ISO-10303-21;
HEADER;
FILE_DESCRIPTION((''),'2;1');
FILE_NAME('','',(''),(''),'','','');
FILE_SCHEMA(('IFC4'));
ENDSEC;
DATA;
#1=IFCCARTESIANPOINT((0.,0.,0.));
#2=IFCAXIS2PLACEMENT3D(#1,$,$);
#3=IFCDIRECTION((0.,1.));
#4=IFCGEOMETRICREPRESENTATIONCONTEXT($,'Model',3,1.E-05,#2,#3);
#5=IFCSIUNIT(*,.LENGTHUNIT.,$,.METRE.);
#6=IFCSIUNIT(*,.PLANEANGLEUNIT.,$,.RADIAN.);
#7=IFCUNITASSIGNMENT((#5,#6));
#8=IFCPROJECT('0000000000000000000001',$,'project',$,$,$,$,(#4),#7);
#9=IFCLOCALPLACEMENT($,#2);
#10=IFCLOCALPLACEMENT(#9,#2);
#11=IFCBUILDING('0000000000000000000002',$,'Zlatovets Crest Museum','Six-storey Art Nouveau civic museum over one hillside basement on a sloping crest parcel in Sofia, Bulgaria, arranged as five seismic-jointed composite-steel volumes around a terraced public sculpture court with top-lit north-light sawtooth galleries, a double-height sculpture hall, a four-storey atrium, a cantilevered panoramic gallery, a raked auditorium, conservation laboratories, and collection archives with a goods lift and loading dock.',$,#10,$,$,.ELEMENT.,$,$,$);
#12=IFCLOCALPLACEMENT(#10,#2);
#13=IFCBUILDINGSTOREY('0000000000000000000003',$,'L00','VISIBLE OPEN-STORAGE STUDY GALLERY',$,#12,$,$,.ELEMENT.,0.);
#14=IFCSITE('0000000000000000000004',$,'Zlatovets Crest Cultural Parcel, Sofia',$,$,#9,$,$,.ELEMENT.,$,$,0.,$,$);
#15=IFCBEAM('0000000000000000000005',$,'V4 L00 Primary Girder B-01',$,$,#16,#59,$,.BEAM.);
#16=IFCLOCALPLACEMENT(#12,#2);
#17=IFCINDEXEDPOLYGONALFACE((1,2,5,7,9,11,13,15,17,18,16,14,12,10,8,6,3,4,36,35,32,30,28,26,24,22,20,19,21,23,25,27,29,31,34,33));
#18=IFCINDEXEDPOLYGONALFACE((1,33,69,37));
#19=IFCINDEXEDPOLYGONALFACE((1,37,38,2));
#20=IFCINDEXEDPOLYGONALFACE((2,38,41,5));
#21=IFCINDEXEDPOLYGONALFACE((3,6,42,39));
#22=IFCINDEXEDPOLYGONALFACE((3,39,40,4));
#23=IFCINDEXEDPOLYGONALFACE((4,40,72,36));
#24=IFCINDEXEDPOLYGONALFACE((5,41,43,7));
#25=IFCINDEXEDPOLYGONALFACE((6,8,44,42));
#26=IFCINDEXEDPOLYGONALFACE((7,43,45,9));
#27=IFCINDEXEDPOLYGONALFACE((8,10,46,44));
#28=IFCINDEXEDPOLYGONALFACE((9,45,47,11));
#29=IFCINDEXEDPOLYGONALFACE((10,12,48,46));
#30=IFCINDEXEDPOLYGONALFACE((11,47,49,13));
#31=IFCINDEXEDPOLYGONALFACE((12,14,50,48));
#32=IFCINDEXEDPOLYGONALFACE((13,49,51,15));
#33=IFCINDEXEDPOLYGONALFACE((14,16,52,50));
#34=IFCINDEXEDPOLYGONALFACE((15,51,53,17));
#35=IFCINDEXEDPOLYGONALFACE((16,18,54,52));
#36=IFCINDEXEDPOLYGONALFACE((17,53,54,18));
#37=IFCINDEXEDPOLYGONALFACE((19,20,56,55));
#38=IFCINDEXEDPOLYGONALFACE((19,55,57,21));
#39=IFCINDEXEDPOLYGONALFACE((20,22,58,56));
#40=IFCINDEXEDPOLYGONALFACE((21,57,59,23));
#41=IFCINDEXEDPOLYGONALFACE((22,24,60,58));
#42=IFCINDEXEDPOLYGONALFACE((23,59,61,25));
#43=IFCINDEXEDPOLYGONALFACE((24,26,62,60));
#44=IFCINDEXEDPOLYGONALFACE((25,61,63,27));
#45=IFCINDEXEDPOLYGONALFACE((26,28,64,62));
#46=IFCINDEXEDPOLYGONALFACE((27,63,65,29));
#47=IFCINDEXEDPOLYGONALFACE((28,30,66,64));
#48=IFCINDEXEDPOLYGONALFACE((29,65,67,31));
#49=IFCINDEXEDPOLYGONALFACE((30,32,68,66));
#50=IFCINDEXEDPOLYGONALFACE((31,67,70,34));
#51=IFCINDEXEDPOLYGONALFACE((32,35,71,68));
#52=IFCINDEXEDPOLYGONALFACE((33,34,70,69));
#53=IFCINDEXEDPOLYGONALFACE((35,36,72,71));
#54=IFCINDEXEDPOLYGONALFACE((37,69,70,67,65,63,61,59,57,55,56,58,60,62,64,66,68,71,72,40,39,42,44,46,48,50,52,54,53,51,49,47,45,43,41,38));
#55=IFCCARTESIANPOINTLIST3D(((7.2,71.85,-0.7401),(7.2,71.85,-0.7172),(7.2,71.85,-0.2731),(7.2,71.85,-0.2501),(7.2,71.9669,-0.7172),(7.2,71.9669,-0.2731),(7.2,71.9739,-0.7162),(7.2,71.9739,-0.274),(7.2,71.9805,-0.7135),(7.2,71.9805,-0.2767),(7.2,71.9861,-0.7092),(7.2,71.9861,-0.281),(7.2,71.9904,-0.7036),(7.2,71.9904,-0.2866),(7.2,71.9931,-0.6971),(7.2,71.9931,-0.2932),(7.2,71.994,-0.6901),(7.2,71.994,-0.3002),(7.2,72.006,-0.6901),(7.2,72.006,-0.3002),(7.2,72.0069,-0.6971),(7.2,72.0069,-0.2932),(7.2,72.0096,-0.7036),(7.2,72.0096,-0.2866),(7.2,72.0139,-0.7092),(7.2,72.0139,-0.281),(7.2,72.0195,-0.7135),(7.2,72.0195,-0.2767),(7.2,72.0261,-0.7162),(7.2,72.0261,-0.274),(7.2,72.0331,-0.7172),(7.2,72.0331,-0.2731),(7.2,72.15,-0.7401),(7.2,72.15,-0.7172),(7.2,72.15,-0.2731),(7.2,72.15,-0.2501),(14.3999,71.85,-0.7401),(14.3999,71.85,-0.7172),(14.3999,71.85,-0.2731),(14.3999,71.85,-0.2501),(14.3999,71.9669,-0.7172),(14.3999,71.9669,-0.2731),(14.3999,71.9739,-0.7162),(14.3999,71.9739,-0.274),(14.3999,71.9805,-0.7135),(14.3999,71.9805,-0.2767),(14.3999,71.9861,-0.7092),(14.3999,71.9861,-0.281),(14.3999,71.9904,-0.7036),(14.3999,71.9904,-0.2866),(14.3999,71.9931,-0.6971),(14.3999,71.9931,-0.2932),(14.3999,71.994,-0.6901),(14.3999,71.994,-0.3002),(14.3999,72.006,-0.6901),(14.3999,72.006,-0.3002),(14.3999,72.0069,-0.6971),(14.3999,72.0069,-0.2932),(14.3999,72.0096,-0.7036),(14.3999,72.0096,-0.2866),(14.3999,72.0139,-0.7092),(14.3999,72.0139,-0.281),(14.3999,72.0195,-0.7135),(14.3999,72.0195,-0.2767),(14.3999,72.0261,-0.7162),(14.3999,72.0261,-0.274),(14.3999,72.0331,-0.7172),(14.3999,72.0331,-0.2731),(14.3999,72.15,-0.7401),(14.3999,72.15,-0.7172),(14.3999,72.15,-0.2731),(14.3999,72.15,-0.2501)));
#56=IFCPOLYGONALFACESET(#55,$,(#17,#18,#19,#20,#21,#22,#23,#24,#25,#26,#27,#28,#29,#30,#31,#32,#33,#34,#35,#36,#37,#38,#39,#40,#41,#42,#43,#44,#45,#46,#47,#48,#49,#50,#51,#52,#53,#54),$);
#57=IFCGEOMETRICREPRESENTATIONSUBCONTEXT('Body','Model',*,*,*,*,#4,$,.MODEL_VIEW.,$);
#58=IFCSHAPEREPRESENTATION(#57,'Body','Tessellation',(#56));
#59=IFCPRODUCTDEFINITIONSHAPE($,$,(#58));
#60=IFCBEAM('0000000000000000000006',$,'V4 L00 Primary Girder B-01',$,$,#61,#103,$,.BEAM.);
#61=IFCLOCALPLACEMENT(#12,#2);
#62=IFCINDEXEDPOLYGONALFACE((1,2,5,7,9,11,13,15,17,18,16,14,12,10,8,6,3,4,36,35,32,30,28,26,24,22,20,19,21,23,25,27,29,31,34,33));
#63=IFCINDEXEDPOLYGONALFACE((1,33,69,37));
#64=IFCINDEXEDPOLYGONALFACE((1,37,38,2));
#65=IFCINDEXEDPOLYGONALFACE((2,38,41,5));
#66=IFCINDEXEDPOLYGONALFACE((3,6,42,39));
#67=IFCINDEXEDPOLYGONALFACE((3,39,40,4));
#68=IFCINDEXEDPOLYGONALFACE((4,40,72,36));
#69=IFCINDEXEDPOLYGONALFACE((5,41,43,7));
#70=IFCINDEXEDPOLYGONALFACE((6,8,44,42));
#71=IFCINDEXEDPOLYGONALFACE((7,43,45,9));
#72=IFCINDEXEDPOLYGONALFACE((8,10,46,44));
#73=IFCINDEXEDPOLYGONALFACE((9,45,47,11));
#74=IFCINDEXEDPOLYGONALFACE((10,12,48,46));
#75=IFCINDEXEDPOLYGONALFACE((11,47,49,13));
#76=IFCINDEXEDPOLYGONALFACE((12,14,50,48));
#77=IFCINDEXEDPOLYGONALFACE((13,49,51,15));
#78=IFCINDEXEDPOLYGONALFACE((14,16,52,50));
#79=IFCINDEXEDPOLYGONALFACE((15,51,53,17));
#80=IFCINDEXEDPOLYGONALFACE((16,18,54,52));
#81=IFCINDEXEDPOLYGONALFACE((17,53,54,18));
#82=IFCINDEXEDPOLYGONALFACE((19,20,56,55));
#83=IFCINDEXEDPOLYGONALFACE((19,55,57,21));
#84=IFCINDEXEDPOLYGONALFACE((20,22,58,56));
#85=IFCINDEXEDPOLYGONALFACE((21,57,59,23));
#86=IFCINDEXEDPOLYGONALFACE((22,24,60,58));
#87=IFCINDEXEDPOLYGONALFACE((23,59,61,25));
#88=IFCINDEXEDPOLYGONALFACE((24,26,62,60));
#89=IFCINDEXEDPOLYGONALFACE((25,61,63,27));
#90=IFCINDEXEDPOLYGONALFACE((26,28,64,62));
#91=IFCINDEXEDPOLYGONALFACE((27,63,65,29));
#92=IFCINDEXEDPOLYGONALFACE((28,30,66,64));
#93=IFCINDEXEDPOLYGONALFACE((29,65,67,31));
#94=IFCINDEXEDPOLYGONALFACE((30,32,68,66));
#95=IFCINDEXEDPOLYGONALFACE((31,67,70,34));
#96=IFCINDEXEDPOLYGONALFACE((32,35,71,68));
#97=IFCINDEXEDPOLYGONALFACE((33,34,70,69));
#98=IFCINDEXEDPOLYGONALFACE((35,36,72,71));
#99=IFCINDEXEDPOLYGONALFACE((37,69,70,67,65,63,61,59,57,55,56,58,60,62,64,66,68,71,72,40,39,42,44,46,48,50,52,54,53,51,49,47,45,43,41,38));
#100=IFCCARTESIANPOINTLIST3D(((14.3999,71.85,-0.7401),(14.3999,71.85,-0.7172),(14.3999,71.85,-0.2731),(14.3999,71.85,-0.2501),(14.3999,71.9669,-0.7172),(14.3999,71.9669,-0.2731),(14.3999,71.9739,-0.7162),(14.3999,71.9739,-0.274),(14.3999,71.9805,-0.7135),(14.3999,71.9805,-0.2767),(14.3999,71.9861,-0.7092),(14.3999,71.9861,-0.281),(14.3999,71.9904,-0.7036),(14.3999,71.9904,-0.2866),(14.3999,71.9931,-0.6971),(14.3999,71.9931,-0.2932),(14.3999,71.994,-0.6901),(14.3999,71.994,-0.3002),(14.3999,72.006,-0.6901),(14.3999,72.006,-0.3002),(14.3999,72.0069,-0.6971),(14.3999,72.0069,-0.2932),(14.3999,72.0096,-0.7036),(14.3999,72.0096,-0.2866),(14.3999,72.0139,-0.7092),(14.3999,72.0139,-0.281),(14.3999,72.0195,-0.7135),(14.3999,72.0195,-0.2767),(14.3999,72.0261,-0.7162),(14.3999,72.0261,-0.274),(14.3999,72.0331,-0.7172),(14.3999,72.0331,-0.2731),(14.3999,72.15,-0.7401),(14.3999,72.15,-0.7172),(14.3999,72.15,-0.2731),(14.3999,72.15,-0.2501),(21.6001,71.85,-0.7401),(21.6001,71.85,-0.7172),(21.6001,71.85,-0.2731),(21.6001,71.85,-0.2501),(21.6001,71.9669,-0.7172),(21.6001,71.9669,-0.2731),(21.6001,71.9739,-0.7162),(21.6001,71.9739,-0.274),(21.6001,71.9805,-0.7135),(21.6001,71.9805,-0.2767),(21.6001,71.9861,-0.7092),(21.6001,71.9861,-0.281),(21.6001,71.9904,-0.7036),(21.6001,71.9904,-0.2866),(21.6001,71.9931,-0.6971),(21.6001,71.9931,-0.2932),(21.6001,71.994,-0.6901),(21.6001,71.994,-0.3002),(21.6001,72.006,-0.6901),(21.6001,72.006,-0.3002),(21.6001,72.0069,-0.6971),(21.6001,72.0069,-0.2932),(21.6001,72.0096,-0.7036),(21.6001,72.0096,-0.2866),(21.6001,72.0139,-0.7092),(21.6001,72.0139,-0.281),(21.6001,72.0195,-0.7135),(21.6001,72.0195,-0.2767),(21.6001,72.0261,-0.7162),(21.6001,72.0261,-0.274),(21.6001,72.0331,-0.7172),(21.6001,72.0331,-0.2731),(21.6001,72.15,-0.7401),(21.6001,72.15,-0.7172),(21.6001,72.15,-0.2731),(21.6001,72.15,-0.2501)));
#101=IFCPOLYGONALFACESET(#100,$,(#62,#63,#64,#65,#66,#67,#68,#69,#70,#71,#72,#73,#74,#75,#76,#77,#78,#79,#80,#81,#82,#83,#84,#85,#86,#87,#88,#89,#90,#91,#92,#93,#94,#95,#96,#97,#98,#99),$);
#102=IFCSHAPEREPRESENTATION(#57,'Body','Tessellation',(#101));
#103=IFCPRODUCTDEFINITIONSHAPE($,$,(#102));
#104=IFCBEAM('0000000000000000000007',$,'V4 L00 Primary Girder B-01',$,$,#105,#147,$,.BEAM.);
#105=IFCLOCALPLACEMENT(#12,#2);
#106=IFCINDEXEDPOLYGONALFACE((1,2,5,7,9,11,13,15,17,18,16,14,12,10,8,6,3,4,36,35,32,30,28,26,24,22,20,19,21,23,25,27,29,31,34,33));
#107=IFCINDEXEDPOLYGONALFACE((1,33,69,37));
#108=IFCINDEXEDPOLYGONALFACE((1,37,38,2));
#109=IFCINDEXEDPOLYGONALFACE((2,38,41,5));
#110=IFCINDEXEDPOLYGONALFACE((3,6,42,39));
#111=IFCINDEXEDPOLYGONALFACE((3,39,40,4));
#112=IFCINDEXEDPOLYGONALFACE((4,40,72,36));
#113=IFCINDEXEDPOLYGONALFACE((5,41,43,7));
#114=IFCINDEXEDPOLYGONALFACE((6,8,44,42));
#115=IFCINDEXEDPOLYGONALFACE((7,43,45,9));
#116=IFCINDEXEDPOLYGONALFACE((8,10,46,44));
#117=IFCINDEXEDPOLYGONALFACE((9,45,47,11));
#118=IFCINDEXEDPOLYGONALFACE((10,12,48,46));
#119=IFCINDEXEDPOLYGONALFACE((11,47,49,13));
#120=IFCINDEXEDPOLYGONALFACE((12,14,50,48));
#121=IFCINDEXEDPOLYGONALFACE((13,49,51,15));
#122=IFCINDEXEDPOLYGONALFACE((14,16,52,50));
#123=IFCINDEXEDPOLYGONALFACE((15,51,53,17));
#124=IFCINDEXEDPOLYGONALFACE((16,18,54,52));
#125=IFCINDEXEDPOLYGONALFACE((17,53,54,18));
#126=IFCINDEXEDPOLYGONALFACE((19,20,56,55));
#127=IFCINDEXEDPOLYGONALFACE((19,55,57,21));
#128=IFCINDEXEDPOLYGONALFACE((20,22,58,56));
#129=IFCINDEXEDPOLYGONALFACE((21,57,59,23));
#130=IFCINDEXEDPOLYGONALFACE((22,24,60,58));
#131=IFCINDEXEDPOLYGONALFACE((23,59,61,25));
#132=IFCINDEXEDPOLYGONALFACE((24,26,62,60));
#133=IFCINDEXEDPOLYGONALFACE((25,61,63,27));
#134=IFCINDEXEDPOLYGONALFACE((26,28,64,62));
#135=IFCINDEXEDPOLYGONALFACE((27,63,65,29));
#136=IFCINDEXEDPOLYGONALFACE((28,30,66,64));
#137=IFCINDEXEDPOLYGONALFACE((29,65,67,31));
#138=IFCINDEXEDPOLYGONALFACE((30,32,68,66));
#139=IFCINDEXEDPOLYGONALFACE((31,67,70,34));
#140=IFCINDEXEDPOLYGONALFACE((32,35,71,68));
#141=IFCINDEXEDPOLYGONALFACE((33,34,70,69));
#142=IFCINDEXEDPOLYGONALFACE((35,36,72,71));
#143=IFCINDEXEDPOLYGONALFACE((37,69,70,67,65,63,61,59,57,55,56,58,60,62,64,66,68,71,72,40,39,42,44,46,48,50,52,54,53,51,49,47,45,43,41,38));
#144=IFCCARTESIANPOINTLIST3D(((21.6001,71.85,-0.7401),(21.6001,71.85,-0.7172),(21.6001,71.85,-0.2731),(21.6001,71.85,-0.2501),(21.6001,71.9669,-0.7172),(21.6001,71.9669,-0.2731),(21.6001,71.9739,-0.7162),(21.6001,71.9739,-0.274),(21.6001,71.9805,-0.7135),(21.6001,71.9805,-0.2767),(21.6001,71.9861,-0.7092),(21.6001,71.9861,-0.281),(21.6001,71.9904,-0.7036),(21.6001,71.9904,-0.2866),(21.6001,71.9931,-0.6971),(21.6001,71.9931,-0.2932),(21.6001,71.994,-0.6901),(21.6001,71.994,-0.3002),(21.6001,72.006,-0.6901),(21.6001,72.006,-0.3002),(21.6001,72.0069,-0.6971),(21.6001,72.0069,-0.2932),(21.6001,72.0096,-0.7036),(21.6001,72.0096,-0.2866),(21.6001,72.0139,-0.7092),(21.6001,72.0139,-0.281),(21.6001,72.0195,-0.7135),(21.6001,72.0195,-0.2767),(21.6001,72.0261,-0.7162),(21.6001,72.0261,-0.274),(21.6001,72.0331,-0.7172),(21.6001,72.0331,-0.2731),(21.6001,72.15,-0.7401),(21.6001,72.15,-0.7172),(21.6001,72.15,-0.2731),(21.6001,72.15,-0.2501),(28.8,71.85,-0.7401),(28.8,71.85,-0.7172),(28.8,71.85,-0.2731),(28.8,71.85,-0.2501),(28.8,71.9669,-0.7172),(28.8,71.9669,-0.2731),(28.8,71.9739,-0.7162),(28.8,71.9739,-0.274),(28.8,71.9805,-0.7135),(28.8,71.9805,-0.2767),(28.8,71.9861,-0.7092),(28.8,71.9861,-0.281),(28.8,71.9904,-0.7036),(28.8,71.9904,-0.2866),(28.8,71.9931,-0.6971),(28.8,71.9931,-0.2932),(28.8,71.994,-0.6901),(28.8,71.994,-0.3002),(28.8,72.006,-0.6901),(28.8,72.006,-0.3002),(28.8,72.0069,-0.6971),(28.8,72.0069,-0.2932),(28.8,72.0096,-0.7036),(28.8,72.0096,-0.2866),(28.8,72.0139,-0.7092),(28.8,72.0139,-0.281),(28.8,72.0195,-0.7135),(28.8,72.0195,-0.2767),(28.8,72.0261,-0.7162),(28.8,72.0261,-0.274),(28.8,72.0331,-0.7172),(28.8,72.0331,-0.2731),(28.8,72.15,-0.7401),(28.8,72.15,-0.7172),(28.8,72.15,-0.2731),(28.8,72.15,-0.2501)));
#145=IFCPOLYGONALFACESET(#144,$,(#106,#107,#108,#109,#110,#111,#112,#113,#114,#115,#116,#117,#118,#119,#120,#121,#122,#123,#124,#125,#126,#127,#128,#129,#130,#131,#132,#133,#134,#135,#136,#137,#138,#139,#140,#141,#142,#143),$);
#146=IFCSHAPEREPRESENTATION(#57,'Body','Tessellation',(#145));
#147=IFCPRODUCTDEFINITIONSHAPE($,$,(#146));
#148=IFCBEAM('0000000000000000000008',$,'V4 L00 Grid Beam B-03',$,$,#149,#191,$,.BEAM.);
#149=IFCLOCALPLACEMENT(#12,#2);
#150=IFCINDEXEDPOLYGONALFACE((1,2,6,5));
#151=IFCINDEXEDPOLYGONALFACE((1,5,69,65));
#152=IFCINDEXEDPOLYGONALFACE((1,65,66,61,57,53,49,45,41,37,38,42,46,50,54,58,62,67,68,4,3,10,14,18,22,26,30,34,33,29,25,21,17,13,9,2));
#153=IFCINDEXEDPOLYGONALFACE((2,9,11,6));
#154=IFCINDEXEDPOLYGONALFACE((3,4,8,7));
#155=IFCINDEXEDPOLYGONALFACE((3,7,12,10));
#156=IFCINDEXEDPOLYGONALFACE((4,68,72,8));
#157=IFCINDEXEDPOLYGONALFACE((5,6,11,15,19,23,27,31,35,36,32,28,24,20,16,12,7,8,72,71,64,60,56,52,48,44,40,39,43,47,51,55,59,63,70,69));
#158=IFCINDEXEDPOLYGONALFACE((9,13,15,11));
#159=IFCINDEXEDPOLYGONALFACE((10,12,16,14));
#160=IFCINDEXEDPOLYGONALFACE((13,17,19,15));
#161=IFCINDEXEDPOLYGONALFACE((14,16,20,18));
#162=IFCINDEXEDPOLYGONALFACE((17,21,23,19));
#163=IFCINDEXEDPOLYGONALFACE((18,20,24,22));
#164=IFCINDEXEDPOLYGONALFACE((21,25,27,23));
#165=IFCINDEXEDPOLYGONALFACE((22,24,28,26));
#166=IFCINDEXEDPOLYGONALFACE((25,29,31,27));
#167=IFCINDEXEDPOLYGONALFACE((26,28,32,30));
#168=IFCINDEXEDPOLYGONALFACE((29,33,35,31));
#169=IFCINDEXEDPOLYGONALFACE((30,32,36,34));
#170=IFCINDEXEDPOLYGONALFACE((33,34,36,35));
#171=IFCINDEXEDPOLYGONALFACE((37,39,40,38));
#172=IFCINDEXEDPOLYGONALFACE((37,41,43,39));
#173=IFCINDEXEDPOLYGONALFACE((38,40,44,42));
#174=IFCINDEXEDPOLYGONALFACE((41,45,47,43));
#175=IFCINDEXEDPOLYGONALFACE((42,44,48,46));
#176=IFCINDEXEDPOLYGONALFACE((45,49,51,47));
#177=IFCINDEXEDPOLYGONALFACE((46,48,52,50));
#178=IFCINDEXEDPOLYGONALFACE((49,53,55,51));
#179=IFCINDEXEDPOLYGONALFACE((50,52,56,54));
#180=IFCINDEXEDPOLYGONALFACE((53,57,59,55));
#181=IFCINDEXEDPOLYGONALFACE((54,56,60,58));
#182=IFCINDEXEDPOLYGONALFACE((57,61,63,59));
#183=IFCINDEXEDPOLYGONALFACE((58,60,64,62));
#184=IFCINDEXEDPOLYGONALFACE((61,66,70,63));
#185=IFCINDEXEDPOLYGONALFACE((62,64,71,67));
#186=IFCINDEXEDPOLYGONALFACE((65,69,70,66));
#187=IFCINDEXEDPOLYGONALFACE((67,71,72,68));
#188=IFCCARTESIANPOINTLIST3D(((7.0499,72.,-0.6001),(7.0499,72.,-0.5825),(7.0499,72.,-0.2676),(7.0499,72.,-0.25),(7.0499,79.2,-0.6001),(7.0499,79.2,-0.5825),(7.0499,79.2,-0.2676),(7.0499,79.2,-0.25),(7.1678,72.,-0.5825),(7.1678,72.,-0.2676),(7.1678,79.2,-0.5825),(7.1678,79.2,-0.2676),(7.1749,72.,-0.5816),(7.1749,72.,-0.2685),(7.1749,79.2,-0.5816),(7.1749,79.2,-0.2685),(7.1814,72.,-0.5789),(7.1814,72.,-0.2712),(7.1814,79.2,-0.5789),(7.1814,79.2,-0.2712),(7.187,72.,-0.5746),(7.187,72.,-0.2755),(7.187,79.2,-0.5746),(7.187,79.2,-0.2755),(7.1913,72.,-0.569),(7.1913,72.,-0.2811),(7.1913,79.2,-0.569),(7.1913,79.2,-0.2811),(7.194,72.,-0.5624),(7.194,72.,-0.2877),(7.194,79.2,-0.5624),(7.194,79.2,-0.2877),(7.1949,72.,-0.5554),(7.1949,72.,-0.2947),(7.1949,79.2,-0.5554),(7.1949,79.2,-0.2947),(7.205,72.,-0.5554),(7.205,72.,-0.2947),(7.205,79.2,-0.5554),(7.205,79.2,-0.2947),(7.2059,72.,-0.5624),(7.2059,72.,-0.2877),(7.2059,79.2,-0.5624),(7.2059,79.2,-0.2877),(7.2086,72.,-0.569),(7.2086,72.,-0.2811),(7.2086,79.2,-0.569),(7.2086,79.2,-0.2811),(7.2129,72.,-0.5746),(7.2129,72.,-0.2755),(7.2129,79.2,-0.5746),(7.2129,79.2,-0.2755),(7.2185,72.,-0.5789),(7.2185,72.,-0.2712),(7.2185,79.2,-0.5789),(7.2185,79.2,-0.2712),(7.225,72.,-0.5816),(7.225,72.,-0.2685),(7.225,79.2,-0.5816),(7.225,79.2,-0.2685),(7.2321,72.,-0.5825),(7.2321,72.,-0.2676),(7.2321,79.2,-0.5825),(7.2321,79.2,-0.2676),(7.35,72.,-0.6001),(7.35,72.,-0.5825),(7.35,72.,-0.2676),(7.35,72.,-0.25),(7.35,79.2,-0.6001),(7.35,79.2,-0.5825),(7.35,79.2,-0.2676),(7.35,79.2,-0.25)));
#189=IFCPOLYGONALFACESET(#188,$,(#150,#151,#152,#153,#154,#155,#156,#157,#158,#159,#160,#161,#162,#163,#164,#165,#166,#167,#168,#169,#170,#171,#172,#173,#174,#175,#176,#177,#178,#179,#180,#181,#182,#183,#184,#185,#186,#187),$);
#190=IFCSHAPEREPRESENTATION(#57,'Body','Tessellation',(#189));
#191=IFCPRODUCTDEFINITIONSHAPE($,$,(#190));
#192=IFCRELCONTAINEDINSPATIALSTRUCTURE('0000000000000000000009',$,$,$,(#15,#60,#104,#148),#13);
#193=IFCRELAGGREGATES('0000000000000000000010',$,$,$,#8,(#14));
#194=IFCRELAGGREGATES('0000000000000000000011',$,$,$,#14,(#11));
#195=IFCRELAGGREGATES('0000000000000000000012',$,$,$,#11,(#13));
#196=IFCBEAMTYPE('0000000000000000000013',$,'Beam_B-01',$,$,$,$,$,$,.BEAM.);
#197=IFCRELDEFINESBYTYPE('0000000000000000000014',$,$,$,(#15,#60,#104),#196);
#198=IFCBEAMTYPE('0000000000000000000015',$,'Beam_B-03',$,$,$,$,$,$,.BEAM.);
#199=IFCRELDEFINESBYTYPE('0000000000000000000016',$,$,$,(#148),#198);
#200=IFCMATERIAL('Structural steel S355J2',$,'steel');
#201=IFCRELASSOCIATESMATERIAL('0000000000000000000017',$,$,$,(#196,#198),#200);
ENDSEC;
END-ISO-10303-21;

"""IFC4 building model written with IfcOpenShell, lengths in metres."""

from ifc_helpers import new_model, si_unit, direction, frame, origin, origin_2d, place, context, subcontext, project, spatial, i_section, extrude, material, material_profile, profile_set, type_object, element, save


model = new_model("IFC4")

# Units and contexts
model_context = context("Model", 3, precision=1e-05, world=origin(), true_north=direction((0.0, 1.0)))
body_context = subcontext(model_context, "Body", "Model", "MODEL_VIEW")
ifc_project = project(units=[si_unit("LENGTHUNIT", "METRE"), si_unit("PLANEANGLEUNIT", "RADIAN")], contexts=[model_context])

# Site, building, storey
site_placement = place(None, origin())
site = spatial("IfcSite", under=ifc_project, at=site_placement, Name="Zlatovets Crest Cultural Parcel, Sofia", CompositionType="ELEMENT", RefElevation=0.0)
building_placement = place(site_placement, origin())
building = spatial("IfcBuilding", under=site, at=building_placement, Name="Zlatovets Crest Museum", Description="Six-storey Art Nouveau civic museum over one hillside basement on a sloping crest parcel in Sofia, Bulgaria, arranged as five seismic-jointed composite-steel volumes around a terraced public sculpture court with top-lit north-light sawtooth galleries, a double-height sculpture hall, a four-storey atrium, a cantilevered panoramic gallery, a raked auditorium, conservation laboratories, and collection archives with a goods lift and loading dock.", CompositionType="ELEMENT")
storey_placement = place(building_placement, origin())
storey = spatial("IfcBuildingStorey", under=building, at=storey_placement, Name="L00", Description="VISIBLE OPEN-STORAGE STUDY GALLERY", CompositionType="ELEMENT", Elevation=0.0)

# Shared definitions
ifc_material_1 = material(Name="Structural steel S355J2", Category="steel")

# Beams
ifc_material_profile_1 = material_profile(ifc_material_1, i_section(OverallWidth=0.3, OverallDepth=0.49, WebThickness=0.012, FlangeThickness=0.0229, FilletRadius=0.0271, at=origin_2d()), Name="HEA 500")
ifc_profile_set_1 = profile_set([ifc_material_profile_1], Name="Structural steel S355J2")
beam_type_1 = type_object("IfcBeamType", Name="Beam_B-01", PredefinedType="BEAM", material=ifc_profile_set_1)
for number, where, z_axis, x_axis, name in (
    (1, (7.2, 72.0, -0.4951), (1.0, 0.0, 0.0), (0.0, 1.0, 0.0), "V4 L00 Primary Girder B-01"),
):
    element("IfcBeam", number, at=place(storey_placement, frame(where, z_axis=z_axis, x_axis=x_axis)), inside=storey, type_object=beam_type_1, Name=name, PredefinedType="BEAM", context=body_context, shape_type="SweptSolid", body=[
        extrude(i_section(OverallWidth=0.3, OverallDepth=0.49, WebThickness=0.012, FlangeThickness=0.0229, FilletRadius=0.0271, at=origin_2d()), origin(), (0.0, 0.0, 1.0), 7.2),
    ])
beam_1_placement = place(storey_placement, frame((14.3999, 72.0, -0.4951), z_axis=(1.0, 0.0, 0.0), x_axis=(0.0, 1.0, 0.0)))
element("IfcBeam", 2, at=beam_1_placement, inside=storey, type_object=beam_type_1, Name="V4 L00 Primary Girder B-01", PredefinedType="BEAM", context=body_context, shape_type="SweptSolid", body=[
    extrude(i_section(OverallWidth=0.3, OverallDepth=0.49, WebThickness=0.012, FlangeThickness=0.0229, FilletRadius=0.0271, at=origin_2d()), origin(), (0.0, 0.0, 1.0), 7.2002),
])
beam_2_placement = place(storey_placement, frame((21.6001, 72.0, -0.4951), z_axis=(1.0, 0.0, 0.0), x_axis=(0.0, 1.0, 0.0)))
element("IfcBeam", 3, at=beam_2_placement, inside=storey, type_object=beam_type_1, Name="V4 L00 Primary Girder B-01", PredefinedType="BEAM", context=body_context, shape_type="SweptSolid", body=[
    extrude(i_section(OverallWidth=0.3, OverallDepth=0.49, WebThickness=0.012, FlangeThickness=0.0229, FilletRadius=0.0271, at=origin_2d()), origin(), (0.0, 0.0, 1.0), 7.2),
])
ifc_material_profile_2 = material_profile(ifc_material_1, i_section(OverallWidth=0.3, OverallDepth=0.3501, WebThickness=0.01, FlangeThickness=0.0176, FilletRadius=0.0271, at=origin_2d()), Name="HEA 360")
ifc_profile_set_2 = profile_set([ifc_material_profile_2], Name="Structural steel S355J2")
beam_type_2 = type_object("IfcBeamType", Name="Beam_B-03", PredefinedType="BEAM", material=ifc_profile_set_2)
for number, where, z_axis, x_axis, name in (
    (4, (7.2, 72.0, -0.425), (0.0, 1.0, 0.0), (-1.0, 0.0, 0.0), "V4 L00 Grid Beam B-03"),
):
    element("IfcBeam", number, at=place(storey_placement, frame(where, z_axis=z_axis, x_axis=x_axis)), inside=storey, type_object=beam_type_2, Name=name, PredefinedType="BEAM", context=body_context, shape_type="SweptSolid", body=[
        extrude(i_section(OverallWidth=0.3, OverallDepth=0.3501, WebThickness=0.01, FlangeThickness=0.0176, FilletRadius=0.0271, at=origin_2d()), origin(), (0.0, 0.0, 1.0), 7.2),
    ])

save(model, "model.ifc")
